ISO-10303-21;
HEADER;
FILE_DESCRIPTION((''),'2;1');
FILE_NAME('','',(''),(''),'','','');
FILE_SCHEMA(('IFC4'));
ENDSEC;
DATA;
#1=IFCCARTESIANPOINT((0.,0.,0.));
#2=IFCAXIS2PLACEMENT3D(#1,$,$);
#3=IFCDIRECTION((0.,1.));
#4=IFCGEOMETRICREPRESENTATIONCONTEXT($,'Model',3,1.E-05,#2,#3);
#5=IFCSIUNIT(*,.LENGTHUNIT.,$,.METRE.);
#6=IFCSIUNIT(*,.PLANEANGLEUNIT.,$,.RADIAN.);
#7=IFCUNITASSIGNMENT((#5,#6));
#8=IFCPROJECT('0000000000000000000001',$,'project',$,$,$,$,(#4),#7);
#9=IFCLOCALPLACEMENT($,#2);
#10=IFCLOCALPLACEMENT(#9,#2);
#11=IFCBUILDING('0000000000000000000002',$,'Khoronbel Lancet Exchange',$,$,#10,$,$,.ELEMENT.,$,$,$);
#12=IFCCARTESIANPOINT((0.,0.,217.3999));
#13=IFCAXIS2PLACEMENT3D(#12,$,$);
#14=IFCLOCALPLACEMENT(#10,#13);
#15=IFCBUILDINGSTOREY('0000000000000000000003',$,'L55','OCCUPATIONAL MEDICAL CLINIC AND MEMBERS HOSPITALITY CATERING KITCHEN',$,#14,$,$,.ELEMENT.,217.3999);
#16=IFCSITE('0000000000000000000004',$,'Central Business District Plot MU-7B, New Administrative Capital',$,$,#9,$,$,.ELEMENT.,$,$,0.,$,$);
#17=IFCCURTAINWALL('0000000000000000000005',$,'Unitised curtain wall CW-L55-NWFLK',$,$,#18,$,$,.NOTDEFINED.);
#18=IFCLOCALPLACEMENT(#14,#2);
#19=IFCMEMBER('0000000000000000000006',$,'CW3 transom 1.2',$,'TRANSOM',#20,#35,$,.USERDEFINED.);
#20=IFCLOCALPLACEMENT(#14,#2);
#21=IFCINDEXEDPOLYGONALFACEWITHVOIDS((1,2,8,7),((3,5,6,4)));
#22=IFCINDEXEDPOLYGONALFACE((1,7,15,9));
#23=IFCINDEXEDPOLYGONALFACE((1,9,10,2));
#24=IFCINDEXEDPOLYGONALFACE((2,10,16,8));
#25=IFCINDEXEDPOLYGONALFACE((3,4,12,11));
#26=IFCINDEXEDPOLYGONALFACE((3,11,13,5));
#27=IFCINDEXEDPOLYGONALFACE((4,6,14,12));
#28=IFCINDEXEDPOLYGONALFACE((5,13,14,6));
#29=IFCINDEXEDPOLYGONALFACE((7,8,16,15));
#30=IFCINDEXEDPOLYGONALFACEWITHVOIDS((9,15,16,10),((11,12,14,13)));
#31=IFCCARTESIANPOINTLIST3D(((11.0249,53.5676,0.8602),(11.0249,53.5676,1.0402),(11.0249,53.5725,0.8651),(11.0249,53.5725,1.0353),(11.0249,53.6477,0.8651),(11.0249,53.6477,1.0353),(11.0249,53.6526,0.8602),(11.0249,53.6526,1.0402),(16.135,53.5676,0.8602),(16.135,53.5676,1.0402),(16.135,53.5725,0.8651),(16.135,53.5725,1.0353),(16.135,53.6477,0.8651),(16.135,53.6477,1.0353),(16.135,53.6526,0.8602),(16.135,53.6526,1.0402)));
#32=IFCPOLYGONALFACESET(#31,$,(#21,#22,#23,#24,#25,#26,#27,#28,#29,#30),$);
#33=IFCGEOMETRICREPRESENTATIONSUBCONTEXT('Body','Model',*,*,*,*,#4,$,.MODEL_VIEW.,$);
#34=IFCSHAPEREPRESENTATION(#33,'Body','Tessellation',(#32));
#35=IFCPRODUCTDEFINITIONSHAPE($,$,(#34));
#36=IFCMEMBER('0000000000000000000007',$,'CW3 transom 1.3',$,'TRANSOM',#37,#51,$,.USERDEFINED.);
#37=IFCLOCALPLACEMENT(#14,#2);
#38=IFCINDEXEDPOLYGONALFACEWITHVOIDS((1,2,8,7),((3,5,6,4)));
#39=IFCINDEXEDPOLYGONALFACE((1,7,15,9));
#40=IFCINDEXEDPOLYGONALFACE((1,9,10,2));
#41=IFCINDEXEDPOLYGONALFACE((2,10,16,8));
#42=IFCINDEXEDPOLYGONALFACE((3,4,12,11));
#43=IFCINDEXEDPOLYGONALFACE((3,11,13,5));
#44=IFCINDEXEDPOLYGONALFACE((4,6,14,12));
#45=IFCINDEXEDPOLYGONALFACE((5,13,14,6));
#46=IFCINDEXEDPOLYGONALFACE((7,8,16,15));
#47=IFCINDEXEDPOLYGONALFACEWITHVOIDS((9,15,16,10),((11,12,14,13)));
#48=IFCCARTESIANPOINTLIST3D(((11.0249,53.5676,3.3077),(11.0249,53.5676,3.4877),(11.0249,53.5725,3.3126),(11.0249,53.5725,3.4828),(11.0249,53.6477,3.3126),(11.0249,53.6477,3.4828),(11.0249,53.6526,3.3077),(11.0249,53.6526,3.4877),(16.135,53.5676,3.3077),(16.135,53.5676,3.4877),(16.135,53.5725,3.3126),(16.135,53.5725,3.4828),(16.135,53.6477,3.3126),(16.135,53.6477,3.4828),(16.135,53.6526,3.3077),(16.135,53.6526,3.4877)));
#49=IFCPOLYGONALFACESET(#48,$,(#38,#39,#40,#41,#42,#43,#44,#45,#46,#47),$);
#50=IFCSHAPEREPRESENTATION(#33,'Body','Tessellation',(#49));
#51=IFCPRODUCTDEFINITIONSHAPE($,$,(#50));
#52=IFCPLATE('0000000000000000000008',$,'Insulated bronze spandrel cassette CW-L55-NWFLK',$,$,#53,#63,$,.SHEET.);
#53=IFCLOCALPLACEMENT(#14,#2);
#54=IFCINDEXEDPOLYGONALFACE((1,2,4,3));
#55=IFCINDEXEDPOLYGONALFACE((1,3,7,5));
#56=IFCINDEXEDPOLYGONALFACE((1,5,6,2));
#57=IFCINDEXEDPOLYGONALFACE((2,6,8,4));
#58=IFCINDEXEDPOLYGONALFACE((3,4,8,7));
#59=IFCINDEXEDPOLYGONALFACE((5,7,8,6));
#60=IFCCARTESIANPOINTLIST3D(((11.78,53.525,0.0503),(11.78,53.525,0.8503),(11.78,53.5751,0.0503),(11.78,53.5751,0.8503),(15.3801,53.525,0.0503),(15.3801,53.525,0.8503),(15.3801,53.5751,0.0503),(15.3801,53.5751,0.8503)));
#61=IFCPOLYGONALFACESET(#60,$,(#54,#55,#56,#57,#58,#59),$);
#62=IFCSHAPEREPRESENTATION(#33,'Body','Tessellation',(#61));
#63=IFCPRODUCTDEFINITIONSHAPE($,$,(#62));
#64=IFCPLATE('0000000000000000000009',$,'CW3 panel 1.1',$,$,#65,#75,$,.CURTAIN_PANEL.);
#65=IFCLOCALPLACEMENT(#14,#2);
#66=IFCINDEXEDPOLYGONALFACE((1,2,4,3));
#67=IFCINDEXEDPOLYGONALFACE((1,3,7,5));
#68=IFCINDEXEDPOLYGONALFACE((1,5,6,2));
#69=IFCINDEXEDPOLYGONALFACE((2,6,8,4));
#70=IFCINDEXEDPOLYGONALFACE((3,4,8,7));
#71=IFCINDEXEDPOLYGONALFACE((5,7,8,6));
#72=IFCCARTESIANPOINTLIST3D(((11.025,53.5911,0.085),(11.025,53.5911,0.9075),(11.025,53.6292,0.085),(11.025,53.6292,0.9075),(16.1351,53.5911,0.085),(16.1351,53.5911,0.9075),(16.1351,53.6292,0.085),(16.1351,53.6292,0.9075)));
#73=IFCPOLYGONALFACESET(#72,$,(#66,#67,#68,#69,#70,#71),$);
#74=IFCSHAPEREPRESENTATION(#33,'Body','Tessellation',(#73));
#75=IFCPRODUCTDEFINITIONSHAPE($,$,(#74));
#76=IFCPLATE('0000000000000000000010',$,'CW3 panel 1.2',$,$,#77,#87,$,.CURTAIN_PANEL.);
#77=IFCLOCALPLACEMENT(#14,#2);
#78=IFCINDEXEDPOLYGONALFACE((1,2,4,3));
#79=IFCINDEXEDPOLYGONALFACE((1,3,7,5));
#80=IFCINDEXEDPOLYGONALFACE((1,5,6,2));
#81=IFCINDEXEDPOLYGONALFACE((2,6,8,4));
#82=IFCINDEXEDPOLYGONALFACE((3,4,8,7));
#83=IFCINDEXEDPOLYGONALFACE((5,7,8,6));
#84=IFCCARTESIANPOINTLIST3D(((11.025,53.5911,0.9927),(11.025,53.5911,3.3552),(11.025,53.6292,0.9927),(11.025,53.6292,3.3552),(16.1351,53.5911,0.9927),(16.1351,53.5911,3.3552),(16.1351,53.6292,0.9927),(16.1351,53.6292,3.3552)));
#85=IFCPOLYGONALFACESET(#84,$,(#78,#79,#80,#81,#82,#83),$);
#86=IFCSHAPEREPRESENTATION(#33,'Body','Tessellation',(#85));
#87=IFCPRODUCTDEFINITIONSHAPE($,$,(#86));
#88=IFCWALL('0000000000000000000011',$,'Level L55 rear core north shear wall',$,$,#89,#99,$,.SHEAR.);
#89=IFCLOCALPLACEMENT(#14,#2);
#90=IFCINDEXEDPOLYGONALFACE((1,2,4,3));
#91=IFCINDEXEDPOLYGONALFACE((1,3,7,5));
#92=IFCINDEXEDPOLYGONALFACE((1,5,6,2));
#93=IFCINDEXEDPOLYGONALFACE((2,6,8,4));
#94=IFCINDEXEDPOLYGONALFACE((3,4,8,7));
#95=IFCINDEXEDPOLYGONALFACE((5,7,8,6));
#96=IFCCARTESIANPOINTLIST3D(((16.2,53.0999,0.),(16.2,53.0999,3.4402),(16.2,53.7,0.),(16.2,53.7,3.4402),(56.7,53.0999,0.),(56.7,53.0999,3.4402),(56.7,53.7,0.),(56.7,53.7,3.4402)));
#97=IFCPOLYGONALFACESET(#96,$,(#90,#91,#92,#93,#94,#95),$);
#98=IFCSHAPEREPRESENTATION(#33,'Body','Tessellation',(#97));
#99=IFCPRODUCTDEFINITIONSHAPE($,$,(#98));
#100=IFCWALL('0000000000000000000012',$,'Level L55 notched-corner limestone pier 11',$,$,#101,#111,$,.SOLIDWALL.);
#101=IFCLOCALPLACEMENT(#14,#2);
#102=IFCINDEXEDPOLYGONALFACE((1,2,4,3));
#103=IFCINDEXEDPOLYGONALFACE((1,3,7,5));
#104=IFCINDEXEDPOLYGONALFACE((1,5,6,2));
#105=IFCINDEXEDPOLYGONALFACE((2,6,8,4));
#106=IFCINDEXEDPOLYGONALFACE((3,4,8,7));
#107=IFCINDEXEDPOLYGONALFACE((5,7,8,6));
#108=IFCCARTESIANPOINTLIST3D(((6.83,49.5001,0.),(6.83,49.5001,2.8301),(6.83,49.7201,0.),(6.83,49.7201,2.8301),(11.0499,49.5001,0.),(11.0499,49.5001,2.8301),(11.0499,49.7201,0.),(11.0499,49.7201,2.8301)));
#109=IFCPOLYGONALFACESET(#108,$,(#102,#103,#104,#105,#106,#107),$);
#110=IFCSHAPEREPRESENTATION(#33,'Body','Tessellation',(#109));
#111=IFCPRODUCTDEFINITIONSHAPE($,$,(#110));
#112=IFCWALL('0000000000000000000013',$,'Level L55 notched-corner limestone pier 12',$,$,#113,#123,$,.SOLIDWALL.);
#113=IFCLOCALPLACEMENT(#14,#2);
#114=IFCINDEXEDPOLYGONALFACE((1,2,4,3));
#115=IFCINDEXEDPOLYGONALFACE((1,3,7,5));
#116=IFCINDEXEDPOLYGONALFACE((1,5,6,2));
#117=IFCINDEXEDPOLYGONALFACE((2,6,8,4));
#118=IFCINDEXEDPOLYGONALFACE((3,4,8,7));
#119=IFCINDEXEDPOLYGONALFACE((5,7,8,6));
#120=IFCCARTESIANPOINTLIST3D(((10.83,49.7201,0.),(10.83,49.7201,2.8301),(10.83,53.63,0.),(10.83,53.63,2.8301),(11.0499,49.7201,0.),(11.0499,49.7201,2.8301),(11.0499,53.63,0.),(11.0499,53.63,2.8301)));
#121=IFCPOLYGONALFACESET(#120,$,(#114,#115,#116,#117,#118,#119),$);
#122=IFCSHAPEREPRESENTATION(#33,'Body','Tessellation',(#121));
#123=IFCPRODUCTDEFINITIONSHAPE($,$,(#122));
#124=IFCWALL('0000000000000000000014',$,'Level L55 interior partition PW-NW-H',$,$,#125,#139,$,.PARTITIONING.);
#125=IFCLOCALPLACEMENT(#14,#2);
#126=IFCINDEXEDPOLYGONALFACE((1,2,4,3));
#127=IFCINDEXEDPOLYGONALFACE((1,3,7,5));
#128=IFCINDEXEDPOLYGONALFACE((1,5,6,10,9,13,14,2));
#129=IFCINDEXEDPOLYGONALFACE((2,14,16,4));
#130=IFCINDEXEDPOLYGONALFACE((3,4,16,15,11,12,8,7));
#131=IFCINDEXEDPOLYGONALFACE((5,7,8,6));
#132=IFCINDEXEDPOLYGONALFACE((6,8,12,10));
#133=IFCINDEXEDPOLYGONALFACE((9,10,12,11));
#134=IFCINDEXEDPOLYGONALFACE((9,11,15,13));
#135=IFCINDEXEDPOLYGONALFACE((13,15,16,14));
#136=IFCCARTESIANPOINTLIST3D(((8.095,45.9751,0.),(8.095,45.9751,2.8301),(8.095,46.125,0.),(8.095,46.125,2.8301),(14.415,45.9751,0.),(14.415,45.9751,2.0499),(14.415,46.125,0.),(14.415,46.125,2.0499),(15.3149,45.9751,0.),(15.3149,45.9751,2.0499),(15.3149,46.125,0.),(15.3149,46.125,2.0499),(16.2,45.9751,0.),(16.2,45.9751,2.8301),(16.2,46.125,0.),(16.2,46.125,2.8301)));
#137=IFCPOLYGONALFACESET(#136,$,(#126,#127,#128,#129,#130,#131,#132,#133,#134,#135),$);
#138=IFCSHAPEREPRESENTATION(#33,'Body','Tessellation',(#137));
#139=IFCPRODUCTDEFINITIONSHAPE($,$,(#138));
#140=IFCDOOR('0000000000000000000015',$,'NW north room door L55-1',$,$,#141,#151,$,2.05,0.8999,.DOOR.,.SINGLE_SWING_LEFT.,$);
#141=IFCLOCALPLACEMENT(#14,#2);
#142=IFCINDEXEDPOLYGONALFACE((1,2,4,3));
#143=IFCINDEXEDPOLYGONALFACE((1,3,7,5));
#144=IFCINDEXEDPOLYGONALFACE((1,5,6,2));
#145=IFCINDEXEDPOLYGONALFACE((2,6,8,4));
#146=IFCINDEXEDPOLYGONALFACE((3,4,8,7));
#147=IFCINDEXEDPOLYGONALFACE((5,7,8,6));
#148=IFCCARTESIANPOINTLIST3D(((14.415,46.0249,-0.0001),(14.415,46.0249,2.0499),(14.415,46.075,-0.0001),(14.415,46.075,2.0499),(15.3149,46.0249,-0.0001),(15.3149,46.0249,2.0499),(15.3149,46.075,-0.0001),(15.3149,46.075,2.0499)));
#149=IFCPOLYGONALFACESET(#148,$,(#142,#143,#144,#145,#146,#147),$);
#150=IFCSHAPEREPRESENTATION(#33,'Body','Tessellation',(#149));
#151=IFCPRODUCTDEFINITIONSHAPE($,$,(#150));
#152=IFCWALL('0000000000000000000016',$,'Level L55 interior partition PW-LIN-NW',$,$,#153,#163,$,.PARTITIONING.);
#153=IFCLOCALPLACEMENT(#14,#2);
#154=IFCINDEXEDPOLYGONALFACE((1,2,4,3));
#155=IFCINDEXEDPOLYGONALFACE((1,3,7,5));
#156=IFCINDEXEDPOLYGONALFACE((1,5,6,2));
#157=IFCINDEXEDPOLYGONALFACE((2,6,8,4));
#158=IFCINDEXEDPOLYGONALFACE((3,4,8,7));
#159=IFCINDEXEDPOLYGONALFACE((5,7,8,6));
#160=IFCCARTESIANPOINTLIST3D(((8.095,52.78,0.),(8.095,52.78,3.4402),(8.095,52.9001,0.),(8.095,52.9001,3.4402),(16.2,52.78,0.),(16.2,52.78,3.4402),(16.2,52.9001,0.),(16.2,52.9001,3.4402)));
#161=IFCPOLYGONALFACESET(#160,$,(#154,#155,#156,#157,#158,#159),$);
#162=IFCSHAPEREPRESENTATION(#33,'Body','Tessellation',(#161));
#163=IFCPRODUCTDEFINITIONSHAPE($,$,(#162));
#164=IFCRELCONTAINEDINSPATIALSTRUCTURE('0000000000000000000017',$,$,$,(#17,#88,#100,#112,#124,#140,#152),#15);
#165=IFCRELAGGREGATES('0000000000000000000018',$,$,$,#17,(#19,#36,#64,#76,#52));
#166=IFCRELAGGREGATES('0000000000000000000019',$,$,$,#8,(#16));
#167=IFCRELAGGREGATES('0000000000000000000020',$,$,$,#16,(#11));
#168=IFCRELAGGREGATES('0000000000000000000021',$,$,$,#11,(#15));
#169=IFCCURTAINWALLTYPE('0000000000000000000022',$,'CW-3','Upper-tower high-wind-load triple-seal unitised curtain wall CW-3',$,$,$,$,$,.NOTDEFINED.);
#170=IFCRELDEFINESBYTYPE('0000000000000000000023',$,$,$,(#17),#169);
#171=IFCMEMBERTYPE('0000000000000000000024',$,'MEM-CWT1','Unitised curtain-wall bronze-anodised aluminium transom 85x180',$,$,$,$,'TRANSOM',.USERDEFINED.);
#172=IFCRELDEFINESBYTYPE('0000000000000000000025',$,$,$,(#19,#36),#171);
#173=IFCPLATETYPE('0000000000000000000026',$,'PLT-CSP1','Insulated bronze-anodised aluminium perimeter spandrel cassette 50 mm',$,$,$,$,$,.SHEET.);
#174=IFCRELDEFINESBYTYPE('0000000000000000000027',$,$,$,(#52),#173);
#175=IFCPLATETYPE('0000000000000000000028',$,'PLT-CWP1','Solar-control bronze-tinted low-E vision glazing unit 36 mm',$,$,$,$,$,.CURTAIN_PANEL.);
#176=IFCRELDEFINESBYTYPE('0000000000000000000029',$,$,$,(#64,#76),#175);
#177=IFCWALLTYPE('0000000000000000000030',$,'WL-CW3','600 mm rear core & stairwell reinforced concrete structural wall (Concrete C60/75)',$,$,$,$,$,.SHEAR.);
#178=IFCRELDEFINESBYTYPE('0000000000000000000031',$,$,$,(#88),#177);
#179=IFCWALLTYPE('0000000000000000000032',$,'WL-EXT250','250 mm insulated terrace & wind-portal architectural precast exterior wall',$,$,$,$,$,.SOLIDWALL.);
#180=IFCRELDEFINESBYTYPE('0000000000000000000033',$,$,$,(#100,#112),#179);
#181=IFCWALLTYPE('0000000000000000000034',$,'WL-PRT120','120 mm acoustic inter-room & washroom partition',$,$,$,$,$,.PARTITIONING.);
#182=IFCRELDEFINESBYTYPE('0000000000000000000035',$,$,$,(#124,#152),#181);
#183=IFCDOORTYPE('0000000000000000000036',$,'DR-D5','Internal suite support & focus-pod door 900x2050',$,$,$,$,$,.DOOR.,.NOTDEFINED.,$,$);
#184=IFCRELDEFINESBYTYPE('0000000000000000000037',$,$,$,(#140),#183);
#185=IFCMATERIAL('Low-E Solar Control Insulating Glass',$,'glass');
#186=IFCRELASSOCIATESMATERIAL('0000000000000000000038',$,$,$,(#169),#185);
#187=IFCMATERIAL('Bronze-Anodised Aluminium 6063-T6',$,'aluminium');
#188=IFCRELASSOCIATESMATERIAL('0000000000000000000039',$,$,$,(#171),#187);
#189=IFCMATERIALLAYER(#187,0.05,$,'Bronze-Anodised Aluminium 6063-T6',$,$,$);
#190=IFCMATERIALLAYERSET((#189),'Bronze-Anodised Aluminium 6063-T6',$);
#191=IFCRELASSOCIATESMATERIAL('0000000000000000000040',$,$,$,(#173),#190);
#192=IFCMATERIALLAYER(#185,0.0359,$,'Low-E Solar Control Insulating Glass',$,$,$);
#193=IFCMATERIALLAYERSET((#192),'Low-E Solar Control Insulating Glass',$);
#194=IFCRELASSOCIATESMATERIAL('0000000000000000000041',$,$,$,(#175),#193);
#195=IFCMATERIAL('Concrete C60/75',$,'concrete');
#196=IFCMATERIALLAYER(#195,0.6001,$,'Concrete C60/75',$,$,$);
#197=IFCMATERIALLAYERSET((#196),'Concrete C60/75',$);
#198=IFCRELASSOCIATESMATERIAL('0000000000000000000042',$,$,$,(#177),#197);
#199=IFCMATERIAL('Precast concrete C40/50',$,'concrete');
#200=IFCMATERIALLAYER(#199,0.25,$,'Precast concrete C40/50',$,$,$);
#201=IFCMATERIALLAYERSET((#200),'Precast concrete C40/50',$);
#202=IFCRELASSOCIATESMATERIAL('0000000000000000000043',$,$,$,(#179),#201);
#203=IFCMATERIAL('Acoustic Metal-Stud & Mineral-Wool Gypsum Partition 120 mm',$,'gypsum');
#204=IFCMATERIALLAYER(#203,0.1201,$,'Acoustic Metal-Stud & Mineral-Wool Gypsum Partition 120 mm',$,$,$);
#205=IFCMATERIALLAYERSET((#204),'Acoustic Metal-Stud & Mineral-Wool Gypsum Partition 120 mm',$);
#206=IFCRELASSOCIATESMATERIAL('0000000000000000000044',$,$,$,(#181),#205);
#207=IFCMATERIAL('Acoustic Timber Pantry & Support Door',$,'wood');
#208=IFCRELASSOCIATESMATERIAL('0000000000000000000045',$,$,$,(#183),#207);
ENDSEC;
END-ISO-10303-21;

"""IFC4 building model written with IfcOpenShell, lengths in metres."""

from ifc_helpers import new_model, si_unit, direction, frame, frame_2d, origin, origin_2d, place, context, subcontext, project, spatial, rectangle, hollow_rectangle, extrude, material, layer, layer_set, material_profile, profile_set, type_object, element, fill, aggregate, save


model = new_model("IFC4")

# Units and contexts
model_context = context("Model", 3, precision=1e-05, world=origin(), true_north=direction((0.0, 1.0)))
body_context = subcontext(model_context, "Body", "Model", "MODEL_VIEW")
ifc_project = project(units=[si_unit("LENGTHUNIT", "METRE"), si_unit("PLANEANGLEUNIT", "RADIAN")], contexts=[model_context])

# Site, building, storey
site_placement = place(None, origin())
site = spatial("IfcSite", under=ifc_project, at=site_placement, Name="Central Business District Plot MU-7B, New Administrative Capital", CompositionType="ELEMENT", RefElevation=0.0)
building_placement = place(site_placement, origin())
building = spatial("IfcBuilding", under=site, at=building_placement, Name="Khoronbel Lancet Exchange", CompositionType="ELEMENT")
storey_placement = place(building_placement, frame((0.0, 0.0, 217.3999)))
storey = spatial("IfcBuildingStorey", under=building, at=storey_placement, Name="L55", Description="OCCUPATIONAL MEDICAL CLINIC AND MEMBERS HOSPITALITY CATERING KITCHEN", CompositionType="ELEMENT", Elevation=217.3999)

# Curtain wall, members, plates
ifc_material_1 = material(Name="Low-E Solar Control Insulating Glass", Category="glass")
curtain_wall_type = type_object("IfcCurtainWallType", Name="CW-3", Description="Upper-tower high-wind-load triple-seal unitised curtain wall CW-3", PredefinedType="NOTDEFINED", material=ifc_material_1)
curtain_wall_placement = place(storey_placement, origin())
curtain_wall = element("IfcCurtainWall", 1, at=curtain_wall_placement, inside=storey, type_object=curtain_wall_type, Name="Unitised curtain wall CW-L55-NWFLK", PredefinedType="NOTDEFINED")
ifc_material_2 = material(Name="Bronze-Anodised Aluminium 6063-T6", Category="aluminium")
ifc_material_profile_1 = material_profile(ifc_material_2, hollow_rectangle(XDim=0.085, YDim=0.1799, WallThickness=0.0049, at=origin_2d()), Name="ALU TRANSOM 85x180")
ifc_profile_set_1 = profile_set([ifc_material_profile_1], Name="Bronze-Anodised Aluminium 6063-T6")
member_type_1 = type_object("IfcMemberType", Name="MEM-CWT1", Description="Unitised curtain-wall bronze-anodised aluminium transom 85x180", ElementType="TRANSOM", PredefinedType="USERDEFINED", material=ifc_profile_set_1)
member_1_placement = place(storey_placement, frame((16.135, 53.6101, 0.9502), z_axis=(-1.0, 0.0, 0.0), x_axis=(0.0, -1.0, 0.0)))
member_1 = element("IfcMember", 2, at=member_1_placement, type_object=member_type_1, Name="CW3 transom 1.2", ObjectType="TRANSOM", PredefinedType="USERDEFINED", context=body_context, shape_type="SweptSolid", body=[
    extrude(hollow_rectangle(XDim=0.085, YDim=0.1799, WallThickness=0.0049, at=origin_2d()), origin(), (0.0, 0.0, 1.0), 5.1101),
])
member_2_placement = place(storey_placement, frame((16.135, 53.6101, 3.3977), z_axis=(-1.0, 0.0, 0.0), x_axis=(0.0, -1.0, 0.0)))
member_2 = element("IfcMember", 3, at=member_2_placement, type_object=member_type_1, Name="CW3 transom 1.3", ObjectType="TRANSOM", PredefinedType="USERDEFINED", context=body_context, shape_type="SweptSolid", body=[
    extrude(hollow_rectangle(XDim=0.085, YDim=0.1799, WallThickness=0.0049, at=origin_2d()), origin(), (0.0, 0.0, 1.0), 5.1101),
])
ifc_layer_1 = layer(ifc_material_2, 0.05, Name="Bronze-Anodised Aluminium 6063-T6")
ifc_layer_set_1 = layer_set([ifc_layer_1], Name="Bronze-Anodised Aluminium 6063-T6")
plate_type_1 = type_object("IfcPlateType", Name="PLT-CSP1", Description="Insulated bronze-anodised aluminium perimeter spandrel cassette 50 mm", PredefinedType="SHEET", material=ifc_layer_set_1)
plate_1_placement = place(storey_placement, frame((13.5801, 53.55, 0.0503), z_axis=(0.0, 0.0, 1.0), x_axis=(-1.0, 0.0, 0.0)))
plate_1 = element("IfcPlate", 4, at=plate_1_placement, type_object=plate_type_1, Name="Insulated bronze spandrel cassette CW-L55-NWFLK", PredefinedType="SHEET", context=body_context, shape_type="SweptSolid", body=[
    extrude(rectangle(XDim=3.6001, YDim=0.05, at=origin_2d()), origin(), (0.0, 0.0, 1.0), 0.8),
])
ifc_layer_2 = layer(ifc_material_1, 0.0359, Name="Low-E Solar Control Insulating Glass")
ifc_layer_set_2 = layer_set([ifc_layer_2], Name="Low-E Solar Control Insulating Glass")
plate_type_2 = type_object("IfcPlateType", Name="PLT-CWP1", Description="Solar-control bronze-tinted low-E vision glazing unit 36 mm", PredefinedType="CURTAIN_PANEL", material=ifc_layer_set_2)
plate_2_placement = place(storey_placement, frame((13.5801, 53.6101, 0.085), z_axis=(0.0, 0.0, 1.0), x_axis=(-1.0, 0.0, 0.0)))
plate_2 = element("IfcPlate", 5, at=plate_2_placement, type_object=plate_type_2, Name="CW3 panel 1.1", PredefinedType="CURTAIN_PANEL", context=body_context, shape_type="SweptSolid", body=[
    extrude(rectangle(XDim=5.1101, YDim=0.0381, at=origin_2d()), origin(), (0.0, 0.0, 1.0), 0.8225),
])
plate_3_placement = place(storey_placement, frame((13.5801, 53.6101, 0.9927), z_axis=(0.0, 0.0, 1.0), x_axis=(-1.0, 0.0, 0.0)))
plate_3 = element("IfcPlate", 6, at=plate_3_placement, type_object=plate_type_2, Name="CW3 panel 1.2", PredefinedType="CURTAIN_PANEL", context=body_context, shape_type="SweptSolid", body=[
    extrude(rectangle(XDim=5.1101, YDim=0.0381, at=origin_2d()), origin(), (0.0, 0.0, 1.0), 2.3625),
])
aggregate(curtain_wall, [member_1, member_2, plate_2, plate_3, plate_1])

# Walls
ifc_material_3 = material(Name="Concrete C60/75", Category="concrete")
ifc_layer_3 = layer(ifc_material_3, 0.6001, Name="Concrete C60/75")
ifc_layer_set_3 = layer_set([ifc_layer_3], Name="Concrete C60/75")
wall_type_1 = type_object("IfcWallType", Name="WL-CW3", Description="600 mm rear core & stairwell reinforced concrete structural wall (Concrete C60/75)", PredefinedType="SHEAR", material=ifc_layer_set_3)
wall_1_placement = place(storey_placement, frame((16.2, 53.3999, 0.0), z_axis=(0.0, 0.0, 1.0), x_axis=(1.0, 0.0, 0.0)))
element("IfcWall", 7, at=wall_1_placement, inside=storey, type_object=wall_type_1, Name="Level L55 rear core north shear wall", PredefinedType="SHEAR", context=body_context, shape_type="SweptSolid", body=[
    extrude(rectangle(XDim=40.5, YDim=0.6001, at=frame_2d((20.25, 0.0))), origin(), (0.0, 0.0, 1.0), 3.4402),
])
ifc_material_4 = material(Name="Precast concrete C40/50", Category="concrete")
ifc_layer_4 = layer(ifc_material_4, 0.25, Name="Precast concrete C40/50")
ifc_layer_set_4 = layer_set([ifc_layer_4], Name="Precast concrete C40/50")
wall_type_2 = type_object("IfcWallType", Name="WL-EXT250", Description="250 mm insulated terrace & wind-portal architectural precast exterior wall", PredefinedType="SOLIDWALL", material=ifc_layer_set_4)
wall_2_placement = place(storey_placement, frame((6.8301, 49.6101, 0.0), z_axis=(0.0, 0.0, 1.0), x_axis=(1.0, 0.0, 0.0)))
element("IfcWall", 8, at=wall_2_placement, inside=storey, type_object=wall_type_2, Name="Level L55 notched-corner limestone pier 11", PredefinedType="SOLIDWALL", context=body_context, shape_type="SweptSolid", body=[
    extrude(rectangle(XDim=4.22, YDim=0.22, at=frame_2d((2.1099, 0.0))), origin(), (0.0, 0.0, 1.0), 2.8301),
])
wall_3_placement = place(storey_placement, frame((10.9399, 49.72, 0.0), z_axis=(0.0, 0.0, 1.0), x_axis=(0.0, 1.0, 0.0)))
element("IfcWall", 9, at=wall_3_placement, inside=storey, type_object=wall_type_2, Name="Level L55 notched-corner limestone pier 12", PredefinedType="SOLIDWALL", context=body_context, shape_type="SweptSolid", body=[
    extrude(rectangle(XDim=3.9099, YDim=0.22, at=frame_2d((1.9551, 0.0))), origin(), (0.0, 0.0, 1.0), 2.8301),
])

# Wall, opening, door
ifc_material_5 = material(Name="Acoustic Metal-Stud & Mineral-Wool Gypsum Partition 120 mm", Category="gypsum")
ifc_layer_5 = layer(ifc_material_5, 0.1201, Name="Acoustic Metal-Stud & Mineral-Wool Gypsum Partition 120 mm")
ifc_layer_set_5 = layer_set([ifc_layer_5], Name="Acoustic Metal-Stud & Mineral-Wool Gypsum Partition 120 mm")
wall_type_3 = type_object("IfcWallType", Name="WL-PRT120", Description="120 mm acoustic inter-room & washroom partition", PredefinedType="PARTITIONING", material=ifc_layer_set_5)
wall_4_placement = place(storey_placement, frame((8.095, 46.05, 0.0), z_axis=(0.0, 0.0, 1.0), x_axis=(1.0, 0.0, 0.0)))
wall_4 = element("IfcWall", 10, at=wall_4_placement, inside=storey, type_object=wall_type_3, Name="Level L55 interior partition PW-NW-H", PredefinedType="PARTITIONING", context=body_context, shape_type="SweptSolid", body=[
    extrude(rectangle(XDim=8.105, YDim=0.1499, at=frame_2d((4.0525, 0.0))), origin(), (0.0, 0.0, 1.0), 2.8301),
])
opening_1_placement = place(wall_4_placement, frame((6.3201, 0.0, 0.0)))
opening_1 = element("IfcOpeningElement", 11, at=opening_1_placement, cuts=wall_4, PredefinedType="OPENING", context=body_context, shape_type="SweptSolid", body=[
    extrude(rectangle(XDim=0.8999, YDim=2.05, at=frame_2d((0.45, 1.0249))), frame((0.0, 0.085, 0.0), z_axis=(0.0, -1.0, 0.0), x_axis=(1.0, 0.0, 0.0)), (0.0, 0.0, 1.0), 0.1699),
])
ifc_material_6 = material(Name="Acoustic Timber Pantry & Support Door", Category="wood")
door_type_1 = type_object("IfcDoorType", Name="DR-D5", Description="Internal suite support & focus-pod door 900x2050", OperationType="NOTDEFINED", PredefinedType="DOOR", material=ifc_material_6)
door_1_placement = place(opening_1_placement, origin())
door_1 = element("IfcDoor", 12, at=door_1_placement, inside=storey, type_object=door_type_1, Name="NW north room door L55-1", OperationType="SINGLE_SWING_LEFT", OverallHeight=2.05, OverallWidth=0.8999, PredefinedType="DOOR", context=body_context, shape_type="SweptSolid", body=[
    extrude(rectangle(XDim=0.8999, YDim=2.05, at=frame_2d((0.45, 1.0249))), frame((0.0, 0.0249, 0.0), z_axis=(0.0, -1.0, 0.0), x_axis=(1.0, 0.0, 0.0)), (0.0, 0.0, 1.0), 0.05),
])
fill(opening_1, door_1)

# Wall
wall_5_placement = place(storey_placement, frame((8.095, 52.8401, 0.0), z_axis=(0.0, 0.0, 1.0), x_axis=(1.0, 0.0, 0.0)))
element("IfcWall", 13, at=wall_5_placement, inside=storey, type_object=wall_type_3, Name="Level L55 interior partition PW-LIN-NW", PredefinedType="PARTITIONING", context=body_context, shape_type="SweptSolid", body=[
    extrude(rectangle(XDim=8.105, YDim=0.1201, at=frame_2d((4.0525, 0.0))), origin(), (0.0, 0.0, 1.0), 3.4402),
])

save(model, "model.ifc")
